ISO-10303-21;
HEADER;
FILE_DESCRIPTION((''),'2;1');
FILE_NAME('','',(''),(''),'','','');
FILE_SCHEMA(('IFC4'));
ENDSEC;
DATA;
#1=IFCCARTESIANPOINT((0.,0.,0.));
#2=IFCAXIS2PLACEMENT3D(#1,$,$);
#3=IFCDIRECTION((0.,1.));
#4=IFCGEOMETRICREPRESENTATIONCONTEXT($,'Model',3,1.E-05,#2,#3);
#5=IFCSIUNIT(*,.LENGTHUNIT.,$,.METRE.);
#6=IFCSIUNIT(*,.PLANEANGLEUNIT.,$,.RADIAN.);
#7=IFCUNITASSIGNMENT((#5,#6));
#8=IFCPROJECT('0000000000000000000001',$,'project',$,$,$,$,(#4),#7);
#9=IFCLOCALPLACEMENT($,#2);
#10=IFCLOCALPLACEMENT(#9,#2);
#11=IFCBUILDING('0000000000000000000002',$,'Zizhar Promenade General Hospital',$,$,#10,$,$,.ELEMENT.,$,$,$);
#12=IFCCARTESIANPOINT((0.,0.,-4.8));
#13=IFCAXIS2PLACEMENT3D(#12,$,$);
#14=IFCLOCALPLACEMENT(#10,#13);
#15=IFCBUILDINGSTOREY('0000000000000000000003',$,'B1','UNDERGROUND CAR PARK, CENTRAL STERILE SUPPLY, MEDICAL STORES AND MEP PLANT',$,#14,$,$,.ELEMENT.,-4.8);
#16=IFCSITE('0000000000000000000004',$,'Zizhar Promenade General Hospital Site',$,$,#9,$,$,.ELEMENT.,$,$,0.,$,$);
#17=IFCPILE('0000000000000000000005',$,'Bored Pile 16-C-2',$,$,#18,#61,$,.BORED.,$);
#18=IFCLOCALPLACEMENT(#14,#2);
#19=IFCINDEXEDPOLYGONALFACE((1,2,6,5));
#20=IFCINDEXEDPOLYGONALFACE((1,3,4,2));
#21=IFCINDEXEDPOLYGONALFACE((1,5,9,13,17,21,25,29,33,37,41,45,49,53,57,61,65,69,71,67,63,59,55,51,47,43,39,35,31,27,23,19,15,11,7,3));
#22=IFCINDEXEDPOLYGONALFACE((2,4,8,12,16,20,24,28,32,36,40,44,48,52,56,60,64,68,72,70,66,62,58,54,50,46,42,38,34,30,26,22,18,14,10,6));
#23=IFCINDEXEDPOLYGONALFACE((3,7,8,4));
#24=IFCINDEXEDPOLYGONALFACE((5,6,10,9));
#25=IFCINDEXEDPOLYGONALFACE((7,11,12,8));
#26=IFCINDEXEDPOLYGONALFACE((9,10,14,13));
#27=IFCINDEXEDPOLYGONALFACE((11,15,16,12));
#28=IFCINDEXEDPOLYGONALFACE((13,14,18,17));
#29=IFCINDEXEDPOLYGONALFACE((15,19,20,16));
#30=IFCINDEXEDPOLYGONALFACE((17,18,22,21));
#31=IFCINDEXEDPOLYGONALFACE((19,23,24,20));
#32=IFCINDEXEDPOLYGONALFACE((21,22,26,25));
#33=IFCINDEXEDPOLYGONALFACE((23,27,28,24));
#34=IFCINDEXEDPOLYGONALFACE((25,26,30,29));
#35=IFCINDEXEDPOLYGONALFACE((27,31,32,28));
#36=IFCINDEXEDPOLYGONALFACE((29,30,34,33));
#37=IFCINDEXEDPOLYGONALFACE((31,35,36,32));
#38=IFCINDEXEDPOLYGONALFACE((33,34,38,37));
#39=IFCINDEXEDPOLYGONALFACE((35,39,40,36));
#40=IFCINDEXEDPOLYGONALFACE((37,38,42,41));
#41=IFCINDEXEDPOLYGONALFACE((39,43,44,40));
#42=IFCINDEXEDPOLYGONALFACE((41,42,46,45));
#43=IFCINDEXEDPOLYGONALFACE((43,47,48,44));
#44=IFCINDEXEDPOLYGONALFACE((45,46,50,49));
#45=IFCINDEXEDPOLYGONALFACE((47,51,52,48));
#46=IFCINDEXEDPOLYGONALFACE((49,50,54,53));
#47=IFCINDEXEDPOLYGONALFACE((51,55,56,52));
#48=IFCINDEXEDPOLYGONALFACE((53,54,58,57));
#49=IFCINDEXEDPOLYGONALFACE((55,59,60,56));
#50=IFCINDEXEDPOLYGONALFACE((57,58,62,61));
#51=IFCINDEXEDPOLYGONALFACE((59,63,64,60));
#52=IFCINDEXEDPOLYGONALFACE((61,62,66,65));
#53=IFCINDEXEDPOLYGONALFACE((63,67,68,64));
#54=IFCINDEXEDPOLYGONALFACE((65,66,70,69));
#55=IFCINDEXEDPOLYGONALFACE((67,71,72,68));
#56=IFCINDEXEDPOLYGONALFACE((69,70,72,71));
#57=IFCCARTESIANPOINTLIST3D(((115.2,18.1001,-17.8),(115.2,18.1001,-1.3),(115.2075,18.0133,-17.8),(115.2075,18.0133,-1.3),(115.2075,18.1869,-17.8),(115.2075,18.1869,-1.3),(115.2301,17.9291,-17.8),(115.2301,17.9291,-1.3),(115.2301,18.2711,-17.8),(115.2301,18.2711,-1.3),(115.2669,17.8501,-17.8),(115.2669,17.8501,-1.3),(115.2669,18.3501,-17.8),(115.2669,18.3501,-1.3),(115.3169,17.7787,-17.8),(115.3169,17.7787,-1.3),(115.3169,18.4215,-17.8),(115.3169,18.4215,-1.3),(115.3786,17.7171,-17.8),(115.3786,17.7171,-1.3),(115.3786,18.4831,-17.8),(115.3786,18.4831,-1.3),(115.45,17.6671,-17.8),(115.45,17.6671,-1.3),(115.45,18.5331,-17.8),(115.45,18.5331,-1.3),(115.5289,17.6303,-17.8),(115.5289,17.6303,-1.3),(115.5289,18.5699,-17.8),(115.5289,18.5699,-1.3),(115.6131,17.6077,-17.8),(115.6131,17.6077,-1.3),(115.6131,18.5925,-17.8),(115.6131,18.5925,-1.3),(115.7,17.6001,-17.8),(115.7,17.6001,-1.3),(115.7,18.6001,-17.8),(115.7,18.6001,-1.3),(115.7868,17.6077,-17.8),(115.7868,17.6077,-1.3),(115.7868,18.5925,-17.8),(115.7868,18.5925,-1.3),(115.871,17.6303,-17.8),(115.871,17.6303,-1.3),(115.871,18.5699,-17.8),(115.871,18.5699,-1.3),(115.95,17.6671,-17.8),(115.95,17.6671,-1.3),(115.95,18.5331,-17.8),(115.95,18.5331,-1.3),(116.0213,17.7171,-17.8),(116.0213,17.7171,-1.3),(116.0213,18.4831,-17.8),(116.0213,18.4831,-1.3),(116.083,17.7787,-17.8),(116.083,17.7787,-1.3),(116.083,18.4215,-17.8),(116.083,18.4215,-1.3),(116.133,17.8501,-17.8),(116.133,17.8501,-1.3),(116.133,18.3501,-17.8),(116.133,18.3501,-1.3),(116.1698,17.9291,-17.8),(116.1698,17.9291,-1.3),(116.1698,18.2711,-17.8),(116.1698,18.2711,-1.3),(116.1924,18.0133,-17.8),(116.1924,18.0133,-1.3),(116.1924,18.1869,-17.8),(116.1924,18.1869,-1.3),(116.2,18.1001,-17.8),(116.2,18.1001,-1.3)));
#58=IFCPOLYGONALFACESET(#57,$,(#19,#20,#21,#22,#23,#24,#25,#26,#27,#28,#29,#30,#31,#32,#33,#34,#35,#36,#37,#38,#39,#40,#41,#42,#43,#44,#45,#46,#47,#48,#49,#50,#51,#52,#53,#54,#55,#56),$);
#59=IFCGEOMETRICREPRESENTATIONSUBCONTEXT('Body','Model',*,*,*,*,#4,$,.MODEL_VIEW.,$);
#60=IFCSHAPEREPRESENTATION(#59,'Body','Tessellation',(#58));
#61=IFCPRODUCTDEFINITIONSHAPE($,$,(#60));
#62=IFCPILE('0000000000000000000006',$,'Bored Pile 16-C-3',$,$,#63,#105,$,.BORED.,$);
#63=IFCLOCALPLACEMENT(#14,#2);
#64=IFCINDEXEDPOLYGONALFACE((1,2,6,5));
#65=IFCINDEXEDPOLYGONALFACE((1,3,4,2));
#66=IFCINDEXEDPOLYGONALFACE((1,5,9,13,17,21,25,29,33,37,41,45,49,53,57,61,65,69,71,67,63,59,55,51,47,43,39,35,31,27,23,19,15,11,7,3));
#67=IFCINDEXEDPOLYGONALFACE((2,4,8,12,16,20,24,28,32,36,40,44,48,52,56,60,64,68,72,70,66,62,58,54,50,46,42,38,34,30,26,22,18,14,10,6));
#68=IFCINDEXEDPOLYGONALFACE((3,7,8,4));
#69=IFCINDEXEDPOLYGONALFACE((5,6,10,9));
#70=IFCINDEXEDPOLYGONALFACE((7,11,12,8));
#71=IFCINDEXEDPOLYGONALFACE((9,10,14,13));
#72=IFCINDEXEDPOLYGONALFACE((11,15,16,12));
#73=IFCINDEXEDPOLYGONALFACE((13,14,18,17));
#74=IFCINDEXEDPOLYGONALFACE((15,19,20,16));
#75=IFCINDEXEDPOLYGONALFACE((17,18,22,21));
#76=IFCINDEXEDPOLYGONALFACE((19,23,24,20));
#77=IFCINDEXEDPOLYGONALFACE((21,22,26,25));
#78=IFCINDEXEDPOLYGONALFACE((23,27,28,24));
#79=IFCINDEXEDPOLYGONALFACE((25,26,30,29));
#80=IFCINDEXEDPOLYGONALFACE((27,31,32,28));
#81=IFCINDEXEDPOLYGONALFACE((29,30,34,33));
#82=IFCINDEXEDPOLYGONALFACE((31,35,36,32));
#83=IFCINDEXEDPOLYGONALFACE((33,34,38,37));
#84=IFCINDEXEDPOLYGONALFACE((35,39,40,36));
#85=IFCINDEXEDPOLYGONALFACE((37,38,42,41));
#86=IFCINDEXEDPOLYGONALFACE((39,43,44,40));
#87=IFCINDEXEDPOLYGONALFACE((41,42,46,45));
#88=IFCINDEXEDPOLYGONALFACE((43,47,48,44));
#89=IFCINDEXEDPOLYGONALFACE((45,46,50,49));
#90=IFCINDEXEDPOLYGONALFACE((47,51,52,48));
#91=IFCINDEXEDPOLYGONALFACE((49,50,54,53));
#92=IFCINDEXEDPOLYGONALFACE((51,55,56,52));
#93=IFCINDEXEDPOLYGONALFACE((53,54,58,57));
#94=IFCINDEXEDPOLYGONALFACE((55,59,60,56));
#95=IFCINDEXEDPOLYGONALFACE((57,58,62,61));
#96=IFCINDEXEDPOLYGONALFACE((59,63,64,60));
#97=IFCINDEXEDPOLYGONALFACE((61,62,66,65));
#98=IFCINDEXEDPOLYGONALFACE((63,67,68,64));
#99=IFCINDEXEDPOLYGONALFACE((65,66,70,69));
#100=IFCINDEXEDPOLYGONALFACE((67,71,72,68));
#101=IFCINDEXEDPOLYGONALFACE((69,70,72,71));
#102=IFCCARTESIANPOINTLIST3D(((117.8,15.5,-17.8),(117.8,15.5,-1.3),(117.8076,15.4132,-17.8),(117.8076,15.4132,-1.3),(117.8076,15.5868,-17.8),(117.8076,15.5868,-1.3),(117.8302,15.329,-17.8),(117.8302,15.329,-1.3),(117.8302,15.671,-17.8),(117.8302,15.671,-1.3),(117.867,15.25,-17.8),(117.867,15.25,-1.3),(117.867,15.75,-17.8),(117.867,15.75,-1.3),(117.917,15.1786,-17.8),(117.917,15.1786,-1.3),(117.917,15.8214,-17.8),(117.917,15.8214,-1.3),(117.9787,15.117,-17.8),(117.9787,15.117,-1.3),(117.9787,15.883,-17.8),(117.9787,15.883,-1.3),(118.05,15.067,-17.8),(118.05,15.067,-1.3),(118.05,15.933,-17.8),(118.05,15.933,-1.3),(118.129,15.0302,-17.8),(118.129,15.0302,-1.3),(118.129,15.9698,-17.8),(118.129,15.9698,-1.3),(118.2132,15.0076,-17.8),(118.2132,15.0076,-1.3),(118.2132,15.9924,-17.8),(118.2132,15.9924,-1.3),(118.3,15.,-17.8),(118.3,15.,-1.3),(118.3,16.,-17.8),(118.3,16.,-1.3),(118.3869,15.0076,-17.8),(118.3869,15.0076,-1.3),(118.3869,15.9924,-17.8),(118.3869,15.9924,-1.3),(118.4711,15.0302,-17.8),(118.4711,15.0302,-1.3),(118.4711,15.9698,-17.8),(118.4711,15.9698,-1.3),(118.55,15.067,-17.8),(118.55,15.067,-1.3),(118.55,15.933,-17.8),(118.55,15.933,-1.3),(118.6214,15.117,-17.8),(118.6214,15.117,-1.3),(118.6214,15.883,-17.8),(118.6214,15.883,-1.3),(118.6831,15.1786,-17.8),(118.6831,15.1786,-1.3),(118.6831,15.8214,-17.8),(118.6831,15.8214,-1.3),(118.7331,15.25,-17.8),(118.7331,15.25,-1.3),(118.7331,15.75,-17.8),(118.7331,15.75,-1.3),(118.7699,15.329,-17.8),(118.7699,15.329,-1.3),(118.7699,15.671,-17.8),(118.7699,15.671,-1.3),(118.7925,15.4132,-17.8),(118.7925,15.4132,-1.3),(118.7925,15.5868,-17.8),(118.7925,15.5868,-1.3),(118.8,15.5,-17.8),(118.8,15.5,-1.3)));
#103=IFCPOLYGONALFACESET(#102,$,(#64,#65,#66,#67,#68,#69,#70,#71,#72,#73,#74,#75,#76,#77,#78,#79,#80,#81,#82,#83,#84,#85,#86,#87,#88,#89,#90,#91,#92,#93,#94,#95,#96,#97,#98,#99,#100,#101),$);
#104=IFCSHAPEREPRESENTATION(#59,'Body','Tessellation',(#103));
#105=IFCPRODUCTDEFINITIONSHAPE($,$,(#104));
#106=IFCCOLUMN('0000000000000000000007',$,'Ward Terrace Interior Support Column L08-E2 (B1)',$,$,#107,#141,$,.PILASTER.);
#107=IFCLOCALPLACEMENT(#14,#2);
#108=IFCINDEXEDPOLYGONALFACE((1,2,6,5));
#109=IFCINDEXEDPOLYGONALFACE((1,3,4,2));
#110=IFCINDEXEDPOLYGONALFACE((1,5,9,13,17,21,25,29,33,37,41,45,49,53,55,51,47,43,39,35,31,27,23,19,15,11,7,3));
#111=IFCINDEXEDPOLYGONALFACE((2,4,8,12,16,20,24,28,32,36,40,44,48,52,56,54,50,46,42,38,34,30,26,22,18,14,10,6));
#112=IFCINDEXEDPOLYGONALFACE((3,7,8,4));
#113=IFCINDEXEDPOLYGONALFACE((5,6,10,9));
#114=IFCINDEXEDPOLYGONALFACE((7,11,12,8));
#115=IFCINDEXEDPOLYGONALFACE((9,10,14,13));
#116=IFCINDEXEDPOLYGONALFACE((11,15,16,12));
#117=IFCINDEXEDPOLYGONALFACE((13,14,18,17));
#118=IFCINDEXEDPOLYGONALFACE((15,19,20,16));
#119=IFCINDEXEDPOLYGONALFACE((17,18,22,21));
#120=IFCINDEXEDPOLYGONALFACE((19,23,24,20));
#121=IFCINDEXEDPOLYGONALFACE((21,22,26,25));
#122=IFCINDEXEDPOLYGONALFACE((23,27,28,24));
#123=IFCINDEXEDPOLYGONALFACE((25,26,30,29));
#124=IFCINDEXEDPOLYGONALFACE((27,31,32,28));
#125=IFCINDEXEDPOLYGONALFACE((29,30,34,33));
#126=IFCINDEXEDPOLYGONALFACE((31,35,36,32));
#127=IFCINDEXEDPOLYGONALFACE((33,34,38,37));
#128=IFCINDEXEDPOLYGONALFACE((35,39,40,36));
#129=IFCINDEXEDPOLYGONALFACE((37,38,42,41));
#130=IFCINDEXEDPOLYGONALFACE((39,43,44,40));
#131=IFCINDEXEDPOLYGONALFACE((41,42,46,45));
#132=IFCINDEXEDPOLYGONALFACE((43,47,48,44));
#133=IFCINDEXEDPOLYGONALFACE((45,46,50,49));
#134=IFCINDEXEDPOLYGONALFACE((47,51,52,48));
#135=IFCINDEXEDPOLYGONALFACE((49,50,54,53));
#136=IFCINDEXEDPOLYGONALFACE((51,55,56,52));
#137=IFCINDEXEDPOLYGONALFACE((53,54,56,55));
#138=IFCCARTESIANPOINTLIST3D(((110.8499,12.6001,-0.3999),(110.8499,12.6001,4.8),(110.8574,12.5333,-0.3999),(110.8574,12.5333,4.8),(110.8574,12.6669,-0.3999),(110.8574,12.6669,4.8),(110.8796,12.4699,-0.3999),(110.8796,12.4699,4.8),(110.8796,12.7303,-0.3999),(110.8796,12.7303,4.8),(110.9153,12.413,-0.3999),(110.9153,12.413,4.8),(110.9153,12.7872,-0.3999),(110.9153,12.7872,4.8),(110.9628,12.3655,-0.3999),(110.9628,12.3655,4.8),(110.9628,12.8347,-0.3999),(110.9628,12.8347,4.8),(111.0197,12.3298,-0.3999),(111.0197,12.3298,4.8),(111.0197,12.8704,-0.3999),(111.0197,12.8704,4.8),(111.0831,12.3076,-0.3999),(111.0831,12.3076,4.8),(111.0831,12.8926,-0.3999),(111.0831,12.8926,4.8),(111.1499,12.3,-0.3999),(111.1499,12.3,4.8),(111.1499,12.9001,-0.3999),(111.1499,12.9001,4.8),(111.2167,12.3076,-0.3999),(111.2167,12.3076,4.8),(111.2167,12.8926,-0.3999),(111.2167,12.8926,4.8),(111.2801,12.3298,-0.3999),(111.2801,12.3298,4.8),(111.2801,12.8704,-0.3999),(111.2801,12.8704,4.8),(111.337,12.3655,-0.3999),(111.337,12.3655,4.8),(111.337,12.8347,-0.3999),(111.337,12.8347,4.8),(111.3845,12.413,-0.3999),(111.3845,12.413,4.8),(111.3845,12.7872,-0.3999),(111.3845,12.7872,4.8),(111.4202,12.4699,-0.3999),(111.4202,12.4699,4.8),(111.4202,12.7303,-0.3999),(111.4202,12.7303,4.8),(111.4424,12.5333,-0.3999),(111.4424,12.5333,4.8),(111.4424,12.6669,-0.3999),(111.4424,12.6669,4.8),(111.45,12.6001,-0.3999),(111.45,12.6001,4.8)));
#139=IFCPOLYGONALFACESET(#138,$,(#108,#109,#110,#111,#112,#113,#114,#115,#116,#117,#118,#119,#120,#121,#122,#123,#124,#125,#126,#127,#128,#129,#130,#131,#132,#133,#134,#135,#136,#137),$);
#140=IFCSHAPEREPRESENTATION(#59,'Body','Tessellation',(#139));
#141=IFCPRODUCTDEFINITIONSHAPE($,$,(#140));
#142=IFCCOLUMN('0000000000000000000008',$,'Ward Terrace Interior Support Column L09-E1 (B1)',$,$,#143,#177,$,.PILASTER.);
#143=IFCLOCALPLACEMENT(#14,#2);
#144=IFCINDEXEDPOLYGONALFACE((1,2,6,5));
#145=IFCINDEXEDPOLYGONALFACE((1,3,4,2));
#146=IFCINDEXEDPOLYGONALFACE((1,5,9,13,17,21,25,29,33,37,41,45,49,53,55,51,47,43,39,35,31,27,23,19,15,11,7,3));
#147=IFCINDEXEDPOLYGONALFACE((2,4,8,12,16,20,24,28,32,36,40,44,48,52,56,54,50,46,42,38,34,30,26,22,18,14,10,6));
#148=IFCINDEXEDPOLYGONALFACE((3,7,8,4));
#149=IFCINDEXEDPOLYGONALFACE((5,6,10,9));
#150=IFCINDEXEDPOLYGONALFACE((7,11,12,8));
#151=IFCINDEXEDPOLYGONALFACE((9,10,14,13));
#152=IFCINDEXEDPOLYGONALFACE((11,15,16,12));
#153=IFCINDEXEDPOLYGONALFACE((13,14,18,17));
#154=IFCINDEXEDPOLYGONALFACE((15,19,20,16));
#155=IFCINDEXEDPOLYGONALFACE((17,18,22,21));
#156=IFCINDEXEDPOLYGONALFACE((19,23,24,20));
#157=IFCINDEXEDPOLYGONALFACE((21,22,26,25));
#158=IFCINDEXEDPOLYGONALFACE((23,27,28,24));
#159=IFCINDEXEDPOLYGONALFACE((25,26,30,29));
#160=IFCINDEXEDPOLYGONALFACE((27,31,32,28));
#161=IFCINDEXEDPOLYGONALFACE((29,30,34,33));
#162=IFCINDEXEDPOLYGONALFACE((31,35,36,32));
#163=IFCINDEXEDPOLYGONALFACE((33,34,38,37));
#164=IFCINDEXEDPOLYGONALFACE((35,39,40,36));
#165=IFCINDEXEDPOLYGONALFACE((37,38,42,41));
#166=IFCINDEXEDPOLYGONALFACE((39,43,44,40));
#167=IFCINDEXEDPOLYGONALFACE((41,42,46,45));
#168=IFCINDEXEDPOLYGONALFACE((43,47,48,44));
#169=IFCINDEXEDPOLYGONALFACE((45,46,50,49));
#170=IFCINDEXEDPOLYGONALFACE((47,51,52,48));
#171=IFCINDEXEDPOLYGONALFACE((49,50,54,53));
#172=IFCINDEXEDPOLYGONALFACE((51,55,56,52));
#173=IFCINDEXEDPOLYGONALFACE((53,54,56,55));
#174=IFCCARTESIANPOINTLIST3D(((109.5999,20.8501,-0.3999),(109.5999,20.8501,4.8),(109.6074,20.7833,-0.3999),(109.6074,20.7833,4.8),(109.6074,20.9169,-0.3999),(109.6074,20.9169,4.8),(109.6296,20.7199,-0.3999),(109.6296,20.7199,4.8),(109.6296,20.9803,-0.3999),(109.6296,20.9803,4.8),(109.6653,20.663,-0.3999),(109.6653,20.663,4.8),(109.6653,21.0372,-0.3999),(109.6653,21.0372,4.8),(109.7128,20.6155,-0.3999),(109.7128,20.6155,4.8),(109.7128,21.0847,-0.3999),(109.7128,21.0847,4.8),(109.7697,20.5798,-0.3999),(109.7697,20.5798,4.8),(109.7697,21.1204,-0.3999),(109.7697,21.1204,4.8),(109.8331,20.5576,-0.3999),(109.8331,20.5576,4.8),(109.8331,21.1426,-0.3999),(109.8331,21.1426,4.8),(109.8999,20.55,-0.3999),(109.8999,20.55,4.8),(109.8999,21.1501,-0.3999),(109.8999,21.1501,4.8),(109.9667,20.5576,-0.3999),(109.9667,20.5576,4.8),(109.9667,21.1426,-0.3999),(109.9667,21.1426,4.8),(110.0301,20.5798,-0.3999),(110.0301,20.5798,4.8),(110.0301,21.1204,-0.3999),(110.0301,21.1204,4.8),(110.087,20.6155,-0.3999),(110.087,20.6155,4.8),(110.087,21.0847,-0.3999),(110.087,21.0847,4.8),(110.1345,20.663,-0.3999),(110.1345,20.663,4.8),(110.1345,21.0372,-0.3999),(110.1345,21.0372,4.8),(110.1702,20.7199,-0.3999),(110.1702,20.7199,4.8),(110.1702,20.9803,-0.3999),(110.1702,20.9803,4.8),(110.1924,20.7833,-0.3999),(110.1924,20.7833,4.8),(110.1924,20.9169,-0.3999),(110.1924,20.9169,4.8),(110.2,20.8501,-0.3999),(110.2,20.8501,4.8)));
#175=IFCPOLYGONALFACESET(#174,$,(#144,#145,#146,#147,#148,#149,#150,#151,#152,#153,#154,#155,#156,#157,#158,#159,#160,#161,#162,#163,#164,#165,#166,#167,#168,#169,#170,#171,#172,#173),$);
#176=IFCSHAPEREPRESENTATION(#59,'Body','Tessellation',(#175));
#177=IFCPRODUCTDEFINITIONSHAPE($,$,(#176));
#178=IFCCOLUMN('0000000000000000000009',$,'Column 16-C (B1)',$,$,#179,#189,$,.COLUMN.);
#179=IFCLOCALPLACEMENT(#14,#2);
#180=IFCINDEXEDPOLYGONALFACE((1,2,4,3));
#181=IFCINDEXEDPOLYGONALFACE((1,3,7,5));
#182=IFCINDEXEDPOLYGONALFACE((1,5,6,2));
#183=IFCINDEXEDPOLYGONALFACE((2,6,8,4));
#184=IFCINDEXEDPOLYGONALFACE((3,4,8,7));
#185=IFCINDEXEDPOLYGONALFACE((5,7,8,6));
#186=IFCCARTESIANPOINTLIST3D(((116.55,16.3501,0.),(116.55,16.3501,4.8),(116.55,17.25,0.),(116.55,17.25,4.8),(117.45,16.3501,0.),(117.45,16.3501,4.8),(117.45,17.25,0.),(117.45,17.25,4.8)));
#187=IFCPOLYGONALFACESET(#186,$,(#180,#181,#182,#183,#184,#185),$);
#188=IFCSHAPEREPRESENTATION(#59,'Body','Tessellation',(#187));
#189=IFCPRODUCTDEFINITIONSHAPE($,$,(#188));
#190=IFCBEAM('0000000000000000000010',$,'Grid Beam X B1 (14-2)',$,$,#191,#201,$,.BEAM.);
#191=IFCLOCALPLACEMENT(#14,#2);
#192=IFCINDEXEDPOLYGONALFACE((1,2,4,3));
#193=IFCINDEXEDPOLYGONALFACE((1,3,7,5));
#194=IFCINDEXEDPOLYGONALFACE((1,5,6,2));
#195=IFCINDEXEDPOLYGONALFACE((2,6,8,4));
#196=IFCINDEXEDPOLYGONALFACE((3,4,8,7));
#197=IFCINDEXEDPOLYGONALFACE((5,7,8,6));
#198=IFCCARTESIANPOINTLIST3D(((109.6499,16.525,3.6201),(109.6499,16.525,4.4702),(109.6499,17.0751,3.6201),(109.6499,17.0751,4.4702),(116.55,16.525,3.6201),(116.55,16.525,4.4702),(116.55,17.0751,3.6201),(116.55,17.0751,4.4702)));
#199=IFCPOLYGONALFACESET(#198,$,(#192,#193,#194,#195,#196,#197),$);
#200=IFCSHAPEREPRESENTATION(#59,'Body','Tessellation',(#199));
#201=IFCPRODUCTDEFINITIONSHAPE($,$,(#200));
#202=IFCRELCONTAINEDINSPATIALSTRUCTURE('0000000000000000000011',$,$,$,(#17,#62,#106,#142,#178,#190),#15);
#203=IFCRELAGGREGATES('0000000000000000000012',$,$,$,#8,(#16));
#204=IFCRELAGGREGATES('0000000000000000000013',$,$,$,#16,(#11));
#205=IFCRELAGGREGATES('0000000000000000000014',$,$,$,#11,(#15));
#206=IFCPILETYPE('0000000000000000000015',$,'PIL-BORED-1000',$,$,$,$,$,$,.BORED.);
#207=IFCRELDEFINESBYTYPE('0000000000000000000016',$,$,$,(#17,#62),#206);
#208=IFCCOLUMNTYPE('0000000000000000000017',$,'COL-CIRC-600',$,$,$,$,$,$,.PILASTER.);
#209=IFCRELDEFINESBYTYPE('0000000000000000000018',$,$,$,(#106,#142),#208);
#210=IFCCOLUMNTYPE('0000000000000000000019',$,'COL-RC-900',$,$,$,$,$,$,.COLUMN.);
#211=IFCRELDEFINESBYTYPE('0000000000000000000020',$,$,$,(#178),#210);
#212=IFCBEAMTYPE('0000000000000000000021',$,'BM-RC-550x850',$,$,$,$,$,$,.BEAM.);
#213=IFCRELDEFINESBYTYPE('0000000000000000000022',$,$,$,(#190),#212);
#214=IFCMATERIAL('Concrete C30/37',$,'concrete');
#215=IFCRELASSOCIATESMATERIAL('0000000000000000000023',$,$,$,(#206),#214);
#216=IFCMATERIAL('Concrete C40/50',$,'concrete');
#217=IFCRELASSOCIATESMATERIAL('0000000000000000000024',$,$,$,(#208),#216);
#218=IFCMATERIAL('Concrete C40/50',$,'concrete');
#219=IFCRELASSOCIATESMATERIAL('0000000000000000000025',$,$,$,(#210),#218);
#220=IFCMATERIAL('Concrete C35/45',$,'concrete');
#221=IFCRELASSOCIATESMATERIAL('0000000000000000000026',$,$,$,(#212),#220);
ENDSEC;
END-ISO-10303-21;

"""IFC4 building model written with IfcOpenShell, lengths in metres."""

from ifc_helpers import new_model, si_unit, direction, frame, origin, origin_2d, place, context, subcontext, project, spatial, rectangle, circle, extrude, material, material_profile, profile_set, type_object, element, save


model = new_model("IFC4")

# Units and contexts
model_context = context("Model", 3, precision=1e-05, world=origin(), true_north=direction((0.0, 1.0)))
body_context = subcontext(model_context, "Body", "Model", "MODEL_VIEW")
ifc_project = project(units=[si_unit("LENGTHUNIT", "METRE"), si_unit("PLANEANGLEUNIT", "RADIAN")], contexts=[model_context])

# Site, building, storey
site_placement = place(None, origin())
site = spatial("IfcSite", under=ifc_project, at=site_placement, Name="Zizhar Promenade General Hospital Site", CompositionType="ELEMENT", RefElevation=0.0)
building_placement = place(site_placement, origin())
building = spatial("IfcBuilding", under=site, at=building_placement, Name="Zizhar Promenade General Hospital", CompositionType="ELEMENT")
storey_placement = place(building_placement, frame((0.0, 0.0, -4.8)))
storey = spatial("IfcBuildingStorey", under=building, at=storey_placement, Name="B1", Description="UNDERGROUND CAR PARK, CENTRAL STERILE SUPPLY, MEDICAL STORES AND MEP PLANT", CompositionType="ELEMENT", Elevation=-4.8)

# Piles
ifc_material_1 = material(Name="Concrete C30/37", Category="concrete")
ifc_material_profile_1 = material_profile(ifc_material_1, circle(Radius=0.5, at=origin_2d()))
ifc_profile_set_1 = profile_set([ifc_material_profile_1], Name="Concrete C30/37")
pile_type = type_object("IfcPileType", Name="PIL-BORED-1000", PredefinedType="BORED", material=ifc_profile_set_1)
for number, where, z_axis, x_axis, name in (
    (1, (115.7, 18.1001, -1.3), (0.0, 0.0, -1.0), (1.0, 0.0, 0.0), "Bored Pile 16-C-2"),
    (2, (118.3, 15.5, -1.3), (0.0, 0.0, -1.0), (1.0, 0.0, 0.0), "Bored Pile 16-C-3"),
):
    element("IfcPile", number, at=place(storey_placement, frame(where, z_axis=z_axis, x_axis=x_axis)), inside=storey, type_object=pile_type, Name=name, PredefinedType="BORED", context=body_context, shape_type="SweptSolid", body=[
        extrude(circle(Radius=0.5, at=origin_2d()), origin(), (0.0, 0.0, 1.0), 16.5),
    ])

# Columns
ifc_material_2 = material(Name="Concrete C40/50", Category="concrete")
ifc_material_profile_2 = material_profile(ifc_material_2, circle(Radius=0.3, at=origin_2d()))
ifc_profile_set_2 = profile_set([ifc_material_profile_2], Name="Concrete C40/50")
column_type_1 = type_object("IfcColumnType", Name="COL-CIRC-600", PredefinedType="PILASTER", material=ifc_profile_set_2)
for number, where, z_axis, x_axis, name in (
    (3, (111.1499, 12.6001, -0.3999), (0.0, 0.0, 1.0), (1.0, 0.0, 0.0), "Ward Terrace Interior Support Column L08-E2 (B1)"),
    (4, (109.8999, 20.8501, -0.3999), (0.0, 0.0, 1.0), (1.0, 0.0, 0.0), "Ward Terrace Interior Support Column L09-E1 (B1)"),
):
    element("IfcColumn", number, at=place(storey_placement, frame(where, z_axis=z_axis, x_axis=x_axis)), inside=storey, type_object=column_type_1, Name=name, PredefinedType="PILASTER", context=body_context, shape_type="SweptSolid", body=[
        extrude(circle(Radius=0.3, at=origin_2d()), origin(), (0.0, 0.0, 1.0), 5.2),
    ])
ifc_material_3 = material(Name="Concrete C40/50", Category="concrete")
ifc_material_profile_3 = material_profile(ifc_material_3, rectangle(XDim=0.8999, YDim=0.8999, at=origin_2d()))
ifc_profile_set_3 = profile_set([ifc_material_profile_3], Name="Concrete C40/50")
column_type_2 = type_object("IfcColumnType", Name="COL-RC-900", PredefinedType="COLUMN", material=ifc_profile_set_3)
column_placement = place(storey_placement, frame((117.0, 16.8, 0.0), z_axis=(0.0, 0.0, 1.0), x_axis=(1.0, 0.0, 0.0)))
element("IfcColumn", 5, at=column_placement, inside=storey, type_object=column_type_2, Name="Column 16-C (B1)", PredefinedType="COLUMN", context=body_context, shape_type="SweptSolid", body=[
    extrude(rectangle(XDim=0.8999, YDim=0.8999, at=origin_2d()), origin(), (0.0, 0.0, 1.0), 4.8),
])

# Beam
ifc_material_4 = material(Name="Concrete C35/45", Category="concrete")
ifc_material_profile_4 = material_profile(ifc_material_4, rectangle(XDim=0.55, YDim=0.8501, at=origin_2d()))
ifc_profile_set_4 = profile_set([ifc_material_profile_4], Name="Concrete C35/45")
beam_type_1 = type_object("IfcBeamType", Name="BM-RC-550x850", PredefinedType="BEAM", material=ifc_profile_set_4)
for number, where, z_axis, x_axis, name in (
    (6, (109.6499, 16.8, 4.0452), (1.0, 0.0, 0.0), (0.0, 1.0, 0.0), "Grid Beam X B1 (14-2)"),
):
    element("IfcBeam", number, at=place(storey_placement, frame(where, z_axis=z_axis, x_axis=x_axis)), inside=storey, type_object=beam_type_1, Name=name, PredefinedType="BEAM", context=body_context, shape_type="SweptSolid", body=[
        extrude(rectangle(XDim=0.55, YDim=0.8501, at=origin_2d()), origin(), (0.0, 0.0, 1.0), 6.9001),
    ])

save(model, "model.ifc")
